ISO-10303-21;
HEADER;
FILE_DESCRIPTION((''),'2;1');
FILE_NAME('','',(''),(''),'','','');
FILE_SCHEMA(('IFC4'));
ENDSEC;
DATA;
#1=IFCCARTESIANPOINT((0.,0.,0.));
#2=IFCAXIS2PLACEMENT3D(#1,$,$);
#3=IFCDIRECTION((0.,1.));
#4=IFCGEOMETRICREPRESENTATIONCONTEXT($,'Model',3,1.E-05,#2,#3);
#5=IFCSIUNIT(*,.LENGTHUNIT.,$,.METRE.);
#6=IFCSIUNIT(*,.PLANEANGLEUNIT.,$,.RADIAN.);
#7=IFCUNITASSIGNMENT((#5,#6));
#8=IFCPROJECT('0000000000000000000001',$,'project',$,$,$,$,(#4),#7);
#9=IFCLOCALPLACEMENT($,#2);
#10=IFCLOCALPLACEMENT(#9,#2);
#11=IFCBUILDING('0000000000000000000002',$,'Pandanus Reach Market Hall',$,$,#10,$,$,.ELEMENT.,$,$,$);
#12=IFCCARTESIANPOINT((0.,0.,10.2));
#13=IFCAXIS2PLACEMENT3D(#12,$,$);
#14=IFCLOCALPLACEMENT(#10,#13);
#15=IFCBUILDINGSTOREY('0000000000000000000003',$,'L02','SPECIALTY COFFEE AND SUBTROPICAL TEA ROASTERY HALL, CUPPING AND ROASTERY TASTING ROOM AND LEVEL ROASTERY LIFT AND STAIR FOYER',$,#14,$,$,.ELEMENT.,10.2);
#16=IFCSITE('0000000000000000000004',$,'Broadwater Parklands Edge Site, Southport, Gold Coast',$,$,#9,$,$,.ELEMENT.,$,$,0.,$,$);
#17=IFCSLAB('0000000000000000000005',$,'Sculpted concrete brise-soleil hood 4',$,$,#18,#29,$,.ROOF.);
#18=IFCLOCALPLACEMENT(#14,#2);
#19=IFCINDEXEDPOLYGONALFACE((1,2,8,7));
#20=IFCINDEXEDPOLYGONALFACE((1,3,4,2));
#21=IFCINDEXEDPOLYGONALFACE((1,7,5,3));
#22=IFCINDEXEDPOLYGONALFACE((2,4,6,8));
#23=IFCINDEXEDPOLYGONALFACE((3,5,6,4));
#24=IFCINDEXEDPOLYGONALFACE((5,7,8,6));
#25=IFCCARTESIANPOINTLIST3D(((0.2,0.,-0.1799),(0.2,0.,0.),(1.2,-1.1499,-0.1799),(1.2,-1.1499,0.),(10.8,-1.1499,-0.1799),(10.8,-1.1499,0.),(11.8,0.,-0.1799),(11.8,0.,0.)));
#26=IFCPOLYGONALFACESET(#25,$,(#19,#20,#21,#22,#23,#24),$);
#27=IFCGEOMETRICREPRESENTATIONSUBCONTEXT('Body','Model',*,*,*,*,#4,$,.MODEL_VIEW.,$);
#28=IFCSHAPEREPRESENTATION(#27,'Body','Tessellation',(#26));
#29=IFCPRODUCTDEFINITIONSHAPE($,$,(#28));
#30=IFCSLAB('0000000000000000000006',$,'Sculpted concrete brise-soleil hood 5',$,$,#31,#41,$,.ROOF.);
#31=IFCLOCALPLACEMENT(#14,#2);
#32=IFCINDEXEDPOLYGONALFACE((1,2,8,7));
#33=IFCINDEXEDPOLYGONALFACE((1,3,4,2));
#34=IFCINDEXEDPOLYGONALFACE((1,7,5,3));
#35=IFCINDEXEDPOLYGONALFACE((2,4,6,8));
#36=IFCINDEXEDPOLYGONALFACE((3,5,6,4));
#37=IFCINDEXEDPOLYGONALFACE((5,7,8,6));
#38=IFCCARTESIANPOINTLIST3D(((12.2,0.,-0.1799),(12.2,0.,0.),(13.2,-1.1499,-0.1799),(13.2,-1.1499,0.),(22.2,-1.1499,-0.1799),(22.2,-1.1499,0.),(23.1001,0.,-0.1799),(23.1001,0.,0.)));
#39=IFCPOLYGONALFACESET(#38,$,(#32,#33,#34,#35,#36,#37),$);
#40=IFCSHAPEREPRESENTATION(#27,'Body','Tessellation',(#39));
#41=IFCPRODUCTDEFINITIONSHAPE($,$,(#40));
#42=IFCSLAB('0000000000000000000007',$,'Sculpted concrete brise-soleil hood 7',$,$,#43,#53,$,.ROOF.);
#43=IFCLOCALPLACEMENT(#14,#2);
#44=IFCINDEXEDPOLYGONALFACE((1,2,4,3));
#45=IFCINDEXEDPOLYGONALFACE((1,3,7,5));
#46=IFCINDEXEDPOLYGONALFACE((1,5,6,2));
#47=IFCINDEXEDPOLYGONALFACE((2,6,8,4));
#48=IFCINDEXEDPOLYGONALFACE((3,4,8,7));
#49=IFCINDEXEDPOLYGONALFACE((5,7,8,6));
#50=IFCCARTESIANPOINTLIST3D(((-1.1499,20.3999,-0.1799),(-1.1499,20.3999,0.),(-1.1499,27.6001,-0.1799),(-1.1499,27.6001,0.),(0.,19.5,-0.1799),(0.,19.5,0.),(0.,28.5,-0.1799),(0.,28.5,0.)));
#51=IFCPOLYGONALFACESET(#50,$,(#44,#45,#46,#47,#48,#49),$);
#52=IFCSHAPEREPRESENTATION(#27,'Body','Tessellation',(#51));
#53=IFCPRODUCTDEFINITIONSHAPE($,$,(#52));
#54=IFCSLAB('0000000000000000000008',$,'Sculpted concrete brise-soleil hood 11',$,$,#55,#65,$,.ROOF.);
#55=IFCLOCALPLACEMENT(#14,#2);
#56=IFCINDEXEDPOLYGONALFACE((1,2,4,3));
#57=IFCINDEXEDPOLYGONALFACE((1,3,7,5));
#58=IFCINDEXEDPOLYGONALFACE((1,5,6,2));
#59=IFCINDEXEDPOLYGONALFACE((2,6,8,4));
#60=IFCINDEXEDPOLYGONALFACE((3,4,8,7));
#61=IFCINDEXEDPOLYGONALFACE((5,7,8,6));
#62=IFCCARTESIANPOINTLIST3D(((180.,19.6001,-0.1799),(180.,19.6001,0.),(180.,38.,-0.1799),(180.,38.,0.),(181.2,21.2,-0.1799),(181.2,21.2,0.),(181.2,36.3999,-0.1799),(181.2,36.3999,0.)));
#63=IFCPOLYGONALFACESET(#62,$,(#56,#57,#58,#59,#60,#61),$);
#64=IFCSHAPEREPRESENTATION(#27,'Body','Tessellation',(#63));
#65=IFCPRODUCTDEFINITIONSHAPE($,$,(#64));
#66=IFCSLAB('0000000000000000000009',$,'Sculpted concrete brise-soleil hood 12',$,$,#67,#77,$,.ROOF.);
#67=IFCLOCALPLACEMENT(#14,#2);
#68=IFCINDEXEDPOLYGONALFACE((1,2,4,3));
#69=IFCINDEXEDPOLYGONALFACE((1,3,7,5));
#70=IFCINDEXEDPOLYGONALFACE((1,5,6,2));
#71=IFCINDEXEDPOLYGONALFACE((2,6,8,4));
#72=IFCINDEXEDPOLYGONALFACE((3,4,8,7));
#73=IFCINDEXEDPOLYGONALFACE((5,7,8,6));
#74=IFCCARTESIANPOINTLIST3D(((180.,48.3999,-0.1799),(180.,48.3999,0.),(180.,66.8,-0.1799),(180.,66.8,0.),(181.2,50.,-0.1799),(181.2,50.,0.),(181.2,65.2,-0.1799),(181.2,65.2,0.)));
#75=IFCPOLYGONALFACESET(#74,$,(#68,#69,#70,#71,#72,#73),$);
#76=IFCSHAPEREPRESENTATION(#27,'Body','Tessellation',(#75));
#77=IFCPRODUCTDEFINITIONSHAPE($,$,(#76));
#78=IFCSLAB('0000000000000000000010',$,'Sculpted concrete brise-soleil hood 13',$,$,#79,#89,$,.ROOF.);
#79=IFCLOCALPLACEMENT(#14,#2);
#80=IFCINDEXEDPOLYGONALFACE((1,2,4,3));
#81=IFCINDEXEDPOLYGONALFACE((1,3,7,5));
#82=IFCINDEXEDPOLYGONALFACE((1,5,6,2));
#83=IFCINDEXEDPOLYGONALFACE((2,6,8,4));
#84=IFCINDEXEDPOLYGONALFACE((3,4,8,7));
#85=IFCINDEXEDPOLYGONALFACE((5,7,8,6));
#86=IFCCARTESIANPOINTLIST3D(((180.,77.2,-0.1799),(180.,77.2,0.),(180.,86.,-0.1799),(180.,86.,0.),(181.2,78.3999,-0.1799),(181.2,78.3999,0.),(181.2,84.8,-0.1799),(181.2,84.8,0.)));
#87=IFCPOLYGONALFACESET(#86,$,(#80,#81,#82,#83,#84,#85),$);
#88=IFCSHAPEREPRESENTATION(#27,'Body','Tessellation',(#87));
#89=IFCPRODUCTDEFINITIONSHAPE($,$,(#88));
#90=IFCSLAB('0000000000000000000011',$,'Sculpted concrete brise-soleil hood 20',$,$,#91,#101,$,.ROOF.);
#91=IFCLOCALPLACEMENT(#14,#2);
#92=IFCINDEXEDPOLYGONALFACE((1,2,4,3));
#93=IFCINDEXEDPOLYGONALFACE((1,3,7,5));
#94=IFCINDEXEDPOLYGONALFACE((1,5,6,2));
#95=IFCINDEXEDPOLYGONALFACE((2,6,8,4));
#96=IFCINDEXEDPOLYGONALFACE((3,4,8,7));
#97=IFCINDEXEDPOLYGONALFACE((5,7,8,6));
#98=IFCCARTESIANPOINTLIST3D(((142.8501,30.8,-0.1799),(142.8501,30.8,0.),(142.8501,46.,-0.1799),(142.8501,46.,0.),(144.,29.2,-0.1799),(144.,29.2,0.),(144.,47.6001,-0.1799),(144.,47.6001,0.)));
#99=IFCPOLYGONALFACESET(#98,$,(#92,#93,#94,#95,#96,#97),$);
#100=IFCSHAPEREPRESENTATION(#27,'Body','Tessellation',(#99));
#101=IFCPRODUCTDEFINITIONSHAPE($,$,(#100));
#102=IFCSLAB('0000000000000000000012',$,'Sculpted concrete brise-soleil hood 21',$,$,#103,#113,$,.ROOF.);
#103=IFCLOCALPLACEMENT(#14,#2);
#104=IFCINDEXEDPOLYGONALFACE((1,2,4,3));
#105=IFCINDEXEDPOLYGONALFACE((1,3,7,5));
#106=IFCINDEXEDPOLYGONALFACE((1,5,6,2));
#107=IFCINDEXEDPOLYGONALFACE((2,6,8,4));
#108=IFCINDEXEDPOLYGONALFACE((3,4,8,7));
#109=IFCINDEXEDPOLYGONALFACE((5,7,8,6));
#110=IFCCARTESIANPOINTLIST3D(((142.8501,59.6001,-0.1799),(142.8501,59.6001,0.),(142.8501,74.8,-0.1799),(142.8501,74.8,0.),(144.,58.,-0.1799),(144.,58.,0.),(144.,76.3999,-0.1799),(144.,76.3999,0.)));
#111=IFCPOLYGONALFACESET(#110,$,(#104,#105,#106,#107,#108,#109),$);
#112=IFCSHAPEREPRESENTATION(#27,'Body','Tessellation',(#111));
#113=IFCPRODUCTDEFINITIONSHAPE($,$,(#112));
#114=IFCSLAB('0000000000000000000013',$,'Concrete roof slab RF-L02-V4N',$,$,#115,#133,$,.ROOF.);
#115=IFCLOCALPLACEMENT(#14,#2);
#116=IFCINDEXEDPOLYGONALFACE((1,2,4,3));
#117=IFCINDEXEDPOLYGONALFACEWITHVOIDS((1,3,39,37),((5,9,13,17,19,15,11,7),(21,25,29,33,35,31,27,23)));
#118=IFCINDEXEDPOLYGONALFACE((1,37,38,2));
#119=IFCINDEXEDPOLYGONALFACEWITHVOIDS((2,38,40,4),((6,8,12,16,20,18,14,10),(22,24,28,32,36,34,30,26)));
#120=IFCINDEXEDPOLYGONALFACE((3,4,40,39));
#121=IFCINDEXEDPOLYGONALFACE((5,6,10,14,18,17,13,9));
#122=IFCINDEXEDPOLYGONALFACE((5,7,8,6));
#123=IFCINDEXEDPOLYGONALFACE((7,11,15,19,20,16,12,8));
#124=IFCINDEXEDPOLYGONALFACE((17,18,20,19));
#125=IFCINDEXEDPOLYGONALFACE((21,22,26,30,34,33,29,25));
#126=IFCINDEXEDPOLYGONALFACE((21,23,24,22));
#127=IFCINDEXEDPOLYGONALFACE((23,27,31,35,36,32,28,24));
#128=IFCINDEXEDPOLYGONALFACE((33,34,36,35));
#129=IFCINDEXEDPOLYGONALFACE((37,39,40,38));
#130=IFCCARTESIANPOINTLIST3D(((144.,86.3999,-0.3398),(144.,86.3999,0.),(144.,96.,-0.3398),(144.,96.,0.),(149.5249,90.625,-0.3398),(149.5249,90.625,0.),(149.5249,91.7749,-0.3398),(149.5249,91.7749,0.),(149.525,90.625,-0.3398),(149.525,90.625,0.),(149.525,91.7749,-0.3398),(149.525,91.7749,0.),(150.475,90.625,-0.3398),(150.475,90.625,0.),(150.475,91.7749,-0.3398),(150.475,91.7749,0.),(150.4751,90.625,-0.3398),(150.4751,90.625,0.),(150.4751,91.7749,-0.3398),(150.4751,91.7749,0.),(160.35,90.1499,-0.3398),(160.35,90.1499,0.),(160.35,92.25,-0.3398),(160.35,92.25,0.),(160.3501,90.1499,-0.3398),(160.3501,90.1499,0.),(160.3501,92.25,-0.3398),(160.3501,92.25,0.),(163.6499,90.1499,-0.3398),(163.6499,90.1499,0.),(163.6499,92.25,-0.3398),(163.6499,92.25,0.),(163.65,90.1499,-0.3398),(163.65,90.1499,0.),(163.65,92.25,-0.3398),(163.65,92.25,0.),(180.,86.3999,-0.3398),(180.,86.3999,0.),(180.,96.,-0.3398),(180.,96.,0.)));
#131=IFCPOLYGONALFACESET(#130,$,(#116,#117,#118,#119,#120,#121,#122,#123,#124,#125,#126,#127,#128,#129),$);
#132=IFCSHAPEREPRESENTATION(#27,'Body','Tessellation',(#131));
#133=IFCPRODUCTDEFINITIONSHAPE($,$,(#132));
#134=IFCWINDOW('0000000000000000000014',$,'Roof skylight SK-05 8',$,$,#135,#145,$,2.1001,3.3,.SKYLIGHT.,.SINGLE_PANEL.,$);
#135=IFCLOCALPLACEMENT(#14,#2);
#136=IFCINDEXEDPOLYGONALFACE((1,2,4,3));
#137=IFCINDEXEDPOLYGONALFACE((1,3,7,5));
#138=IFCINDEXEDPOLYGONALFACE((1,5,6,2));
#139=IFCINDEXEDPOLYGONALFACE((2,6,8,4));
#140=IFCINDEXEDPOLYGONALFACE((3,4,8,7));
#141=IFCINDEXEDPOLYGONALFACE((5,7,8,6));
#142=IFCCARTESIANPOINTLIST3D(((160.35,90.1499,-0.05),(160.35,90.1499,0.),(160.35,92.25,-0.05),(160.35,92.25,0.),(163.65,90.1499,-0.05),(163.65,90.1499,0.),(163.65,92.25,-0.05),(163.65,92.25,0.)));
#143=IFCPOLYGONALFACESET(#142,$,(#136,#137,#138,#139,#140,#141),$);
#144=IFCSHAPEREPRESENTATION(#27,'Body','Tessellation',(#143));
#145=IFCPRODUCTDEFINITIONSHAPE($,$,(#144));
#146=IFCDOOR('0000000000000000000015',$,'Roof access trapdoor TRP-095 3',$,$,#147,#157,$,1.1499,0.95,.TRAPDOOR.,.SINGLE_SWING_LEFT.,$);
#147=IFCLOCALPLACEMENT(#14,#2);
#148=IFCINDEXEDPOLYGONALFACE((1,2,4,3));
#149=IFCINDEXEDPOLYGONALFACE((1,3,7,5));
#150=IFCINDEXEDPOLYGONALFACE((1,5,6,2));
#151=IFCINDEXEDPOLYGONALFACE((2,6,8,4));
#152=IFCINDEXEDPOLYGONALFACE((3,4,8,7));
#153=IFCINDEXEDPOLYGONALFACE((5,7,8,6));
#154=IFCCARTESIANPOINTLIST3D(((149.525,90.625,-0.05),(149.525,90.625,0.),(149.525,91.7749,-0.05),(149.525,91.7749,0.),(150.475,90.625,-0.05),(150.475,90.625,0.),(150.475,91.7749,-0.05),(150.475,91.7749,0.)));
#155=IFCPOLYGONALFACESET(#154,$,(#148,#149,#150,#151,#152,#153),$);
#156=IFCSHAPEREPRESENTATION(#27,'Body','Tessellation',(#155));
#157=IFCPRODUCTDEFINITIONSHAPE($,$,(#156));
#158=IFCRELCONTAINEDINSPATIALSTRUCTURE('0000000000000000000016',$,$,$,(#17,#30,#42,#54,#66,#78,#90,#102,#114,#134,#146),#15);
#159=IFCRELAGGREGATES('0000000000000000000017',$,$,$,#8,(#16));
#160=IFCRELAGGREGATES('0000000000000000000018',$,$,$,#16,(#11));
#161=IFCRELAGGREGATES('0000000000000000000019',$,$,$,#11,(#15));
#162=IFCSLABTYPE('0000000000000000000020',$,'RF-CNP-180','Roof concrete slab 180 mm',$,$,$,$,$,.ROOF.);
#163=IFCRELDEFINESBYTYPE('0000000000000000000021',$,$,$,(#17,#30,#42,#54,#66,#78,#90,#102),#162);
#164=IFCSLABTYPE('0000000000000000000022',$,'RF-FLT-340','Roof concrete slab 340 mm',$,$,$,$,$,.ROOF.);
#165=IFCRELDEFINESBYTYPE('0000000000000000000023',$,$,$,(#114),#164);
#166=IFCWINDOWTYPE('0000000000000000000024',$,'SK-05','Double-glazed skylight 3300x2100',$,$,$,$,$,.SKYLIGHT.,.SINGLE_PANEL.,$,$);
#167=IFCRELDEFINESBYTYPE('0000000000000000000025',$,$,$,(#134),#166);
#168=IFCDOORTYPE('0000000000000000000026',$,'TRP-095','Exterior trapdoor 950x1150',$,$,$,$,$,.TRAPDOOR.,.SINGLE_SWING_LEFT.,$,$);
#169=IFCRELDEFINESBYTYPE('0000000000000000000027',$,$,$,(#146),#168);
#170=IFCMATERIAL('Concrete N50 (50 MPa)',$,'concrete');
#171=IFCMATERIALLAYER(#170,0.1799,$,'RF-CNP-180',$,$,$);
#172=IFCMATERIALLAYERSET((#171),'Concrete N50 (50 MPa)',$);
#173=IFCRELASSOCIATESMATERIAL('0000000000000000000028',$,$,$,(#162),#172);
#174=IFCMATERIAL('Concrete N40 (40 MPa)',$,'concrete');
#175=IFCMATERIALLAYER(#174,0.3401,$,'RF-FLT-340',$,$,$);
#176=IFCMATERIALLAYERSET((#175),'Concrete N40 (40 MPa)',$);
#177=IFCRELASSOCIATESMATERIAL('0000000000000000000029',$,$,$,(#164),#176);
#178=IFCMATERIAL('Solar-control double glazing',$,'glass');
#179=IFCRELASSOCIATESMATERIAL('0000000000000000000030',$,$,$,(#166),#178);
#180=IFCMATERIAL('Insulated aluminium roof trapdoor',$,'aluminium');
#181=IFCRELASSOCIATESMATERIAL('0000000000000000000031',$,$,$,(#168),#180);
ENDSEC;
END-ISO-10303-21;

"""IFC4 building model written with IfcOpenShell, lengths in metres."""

from ifc_helpers import new_model, si_unit, direction, frame, origin, origin_2d, place, context, subcontext, project, spatial, polyline, rectangle, outline, extrude, material, layer, layer_set, type_object, element, fill, save


model = new_model("IFC4")

# Units and contexts
model_context = context("Model", 3, precision=1e-05, world=origin(), true_north=direction((0.0, 1.0)))
body_context = subcontext(model_context, "Body", "Model", "MODEL_VIEW")
ifc_project = project(units=[si_unit("LENGTHUNIT", "METRE"), si_unit("PLANEANGLEUNIT", "RADIAN")], contexts=[model_context])

# Site, building, storey
site_placement = place(None, origin())
site = spatial("IfcSite", under=ifc_project, at=site_placement, Name="Broadwater Parklands Edge Site, Southport, Gold Coast", CompositionType="ELEMENT", RefElevation=0.0)
building_placement = place(site_placement, origin())
building = spatial("IfcBuilding", under=site, at=building_placement, Name="Pandanus Reach Market Hall", CompositionType="ELEMENT")
storey_placement = place(building_placement, frame((0.0, 0.0, 10.2)))
storey = spatial("IfcBuildingStorey", under=building, at=storey_placement, Name="L02", Description="SPECIALTY COFFEE AND SUBTROPICAL TEA ROASTERY HALL, CUPPING AND ROASTERY TASTING ROOM AND LEVEL ROASTERY LIFT AND STAIR FOYER", CompositionType="ELEMENT", Elevation=10.2)

# Slabs
ifc_material_1 = material(Name="Concrete N50 (50 MPa)", Category="concrete")
ifc_layer_1 = layer(ifc_material_1, 0.1799, Name="RF-CNP-180")
ifc_layer_set_1 = layer_set([ifc_layer_1], Name="Concrete N50 (50 MPa)")
slab_type_1 = type_object("IfcSlabType", Name="RF-CNP-180", Description="Roof concrete slab 180 mm", PredefinedType="ROOF", material=ifc_layer_set_1)
slab_1_placement = place(storey_placement, frame((0.0, 0.0, -0.1799)))
element("IfcSlab", 1, at=slab_1_placement, inside=storey, type_object=slab_type_1, Name="Sculpted concrete brise-soleil hood 4", PredefinedType="ROOF", context=body_context, shape_type="SweptSolid", body=[
    extrude(outline(polyline([(0.2, 0.0), (11.8, 0.0), (10.8, -1.1499), (1.2, -1.1499), (0.2, 0.0)])), origin(), (0.0, 0.0, 1.0), 0.1799),
])
slab_2_placement = place(storey_placement, frame((0.0, 0.0, -0.1799)))
element("IfcSlab", 2, at=slab_2_placement, inside=storey, type_object=slab_type_1, Name="Sculpted concrete brise-soleil hood 5", PredefinedType="ROOF", context=body_context, shape_type="SweptSolid", body=[
    extrude(outline(polyline([(12.2, 0.0), (23.1001, 0.0), (22.2, -1.1499), (13.2, -1.1499), (12.2, 0.0)])), origin(), (0.0, 0.0, 1.0), 0.1799),
])
slab_3_placement = place(storey_placement, frame((0.0, 0.0, -0.1799)))
element("IfcSlab", 3, at=slab_3_placement, inside=storey, type_object=slab_type_1, Name="Sculpted concrete brise-soleil hood 7", PredefinedType="ROOF", context=body_context, shape_type="SweptSolid", body=[
    extrude(outline(polyline([(0.0, 19.5), (0.0, 28.5), (-1.1499, 27.6001), (-1.1499, 20.3999), (0.0, 19.5)])), origin(), (0.0, 0.0, 1.0), 0.1799),
])
slab_4_placement = place(storey_placement, frame((0.0, 0.0, -0.1799)))
element("IfcSlab", 4, at=slab_4_placement, inside=storey, type_object=slab_type_1, Name="Sculpted concrete brise-soleil hood 11", PredefinedType="ROOF", context=body_context, shape_type="SweptSolid", body=[
    extrude(outline(polyline([(180.0, 19.6001), (180.0, 38.0), (181.2, 36.3999), (181.2, 21.2), (180.0, 19.6001)])), origin(), (0.0, 0.0, 1.0), 0.1799),
])
slab_5_placement = place(storey_placement, frame((0.0, 0.0, -0.1799)))
element("IfcSlab", 5, at=slab_5_placement, inside=storey, type_object=slab_type_1, Name="Sculpted concrete brise-soleil hood 12", PredefinedType="ROOF", context=body_context, shape_type="SweptSolid", body=[
    extrude(outline(polyline([(180.0, 48.3999), (180.0, 66.8), (181.2, 65.2), (181.2, 50.0), (180.0, 48.3999)])), origin(), (0.0, 0.0, 1.0), 0.1799),
])
slab_6_placement = place(storey_placement, frame((0.0, 0.0, -0.1799)))
element("IfcSlab", 6, at=slab_6_placement, inside=storey, type_object=slab_type_1, Name="Sculpted concrete brise-soleil hood 13", PredefinedType="ROOF", context=body_context, shape_type="SweptSolid", body=[
    extrude(outline(polyline([(180.0, 77.2), (180.0, 86.0), (181.2, 84.8), (181.2, 78.3999), (180.0, 77.2)])), origin(), (0.0, 0.0, 1.0), 0.1799),
])
slab_7_placement = place(storey_placement, frame((0.0, 0.0, -0.1799)))
element("IfcSlab", 7, at=slab_7_placement, inside=storey, type_object=slab_type_1, Name="Sculpted concrete brise-soleil hood 20", PredefinedType="ROOF", context=body_context, shape_type="SweptSolid", body=[
    extrude(outline(polyline([(144.0, 29.2), (144.0, 47.6001), (142.8501, 46.0), (142.8501, 30.8), (144.0, 29.2)])), origin(), (0.0, 0.0, 1.0), 0.1799),
])
slab_8_placement = place(storey_placement, frame((0.0, 0.0, -0.1799)))
element("IfcSlab", 8, at=slab_8_placement, inside=storey, type_object=slab_type_1, Name="Sculpted concrete brise-soleil hood 21", PredefinedType="ROOF", context=body_context, shape_type="SweptSolid", body=[
    extrude(outline(polyline([(144.0, 58.0), (144.0, 76.3999), (142.8501, 74.8), (142.8501, 59.6001), (144.0, 58.0)])), origin(), (0.0, 0.0, 1.0), 0.1799),
])

# Slab, openings, window, door
ifc_material_2 = material(Name="Concrete N40 (40 MPa)", Category="concrete")
ifc_layer_2 = layer(ifc_material_2, 0.3401, Name="RF-FLT-340")
ifc_layer_set_2 = layer_set([ifc_layer_2], Name="Concrete N40 (40 MPa)")
slab_type_2 = type_object("IfcSlabType", Name="RF-FLT-340", Description="Roof concrete slab 340 mm", PredefinedType="ROOF", material=ifc_layer_set_2)
slab_9_placement = place(storey_placement, frame((0.0, 0.0, -0.3398)))
slab_9 = element("IfcSlab", 9, at=slab_9_placement, inside=storey, type_object=slab_type_2, Name="Concrete roof slab RF-L02-V4N", PredefinedType="ROOF", context=body_context, shape_type="SweptSolid", body=[
    extrude(outline(polyline([(144.0, 86.3999), (180.0, 86.3999), (180.0, 96.0), (144.0, 96.0), (144.0, 86.3999)]), holes=[polyline([(160.3501, 90.1499), (163.6499, 90.1499), (163.6499, 92.25), (160.3501, 92.25), (160.3501, 90.1499)]), polyline([(149.5249, 90.625), (150.4751, 90.625), (150.4751, 91.7749), (149.5249, 91.7749), (149.5249, 90.625)])]), origin(), (0.0, 0.0, 1.0), 0.3398),
])
opening_1_placement = place(slab_9_placement, frame((162.0, 91.2, -0.0149)))
opening_1 = element("IfcOpeningElement", 10, at=opening_1_placement, cuts=slab_9, PredefinedType="OPENING", context=body_context, shape_type="SweptSolid", body=[
    extrude(rectangle(XDim=3.3, YDim=2.1001, at=origin_2d()), origin(), (0.0, 0.0, 1.0), 0.3699),
])
opening_2_placement = place(slab_9_placement, frame((150.0, 91.2, -0.0149)))
opening_2 = element("IfcOpeningElement", 11, at=opening_2_placement, cuts=slab_9, PredefinedType="OPENING", context=body_context, shape_type="SweptSolid", body=[
    extrude(rectangle(XDim=0.95, YDim=1.1499, at=origin_2d()), origin(), (0.0, 0.0, 1.0), 0.3699),
])
ifc_material_3 = material(Name="Solar-control double glazing", Category="glass")
window_type_1 = type_object("IfcWindowType", Name="SK-05", Description="Double-glazed skylight 3300x2100", PartitioningType="SINGLE_PANEL", PredefinedType="SKYLIGHT", material=ifc_material_3)
window_1_placement = place(slab_9_placement, frame((162.0, 91.2, 0.2898)))
window_1 = element("IfcWindow", 12, at=window_1_placement, inside=storey, type_object=window_type_1, Name="Roof skylight SK-05 8", OverallHeight=2.1001, OverallWidth=3.3, PartitioningType="SINGLE_PANEL", PredefinedType="SKYLIGHT", context=body_context, shape_type="SweptSolid", body=[
    extrude(rectangle(XDim=3.3, YDim=2.1001, at=origin_2d()), origin(), (0.0, 0.0, 1.0), 0.05),
])
fill(opening_1, window_1)
ifc_material_4 = material(Name="Insulated aluminium roof trapdoor", Category="aluminium")
door_type_1 = type_object("IfcDoorType", Name="TRP-095", Description="Exterior trapdoor 950x1150", OperationType="SINGLE_SWING_LEFT", PredefinedType="TRAPDOOR", material=ifc_material_4)
door_1_placement = place(slab_9_placement, frame((150.0, 91.2, 0.2898)))
door_1 = element("IfcDoor", 13, at=door_1_placement, inside=storey, type_object=door_type_1, Name="Roof access trapdoor TRP-095 3", OperationType="SINGLE_SWING_LEFT", OverallHeight=1.1499, OverallWidth=0.95, PredefinedType="TRAPDOOR", context=body_context, shape_type="SweptSolid", body=[
    extrude(rectangle(XDim=0.95, YDim=1.1499, at=origin_2d()), origin(), (0.0, 0.0, 1.0), 0.05),
])
fill(opening_2, door_1)

save(model, "model.ifc")
